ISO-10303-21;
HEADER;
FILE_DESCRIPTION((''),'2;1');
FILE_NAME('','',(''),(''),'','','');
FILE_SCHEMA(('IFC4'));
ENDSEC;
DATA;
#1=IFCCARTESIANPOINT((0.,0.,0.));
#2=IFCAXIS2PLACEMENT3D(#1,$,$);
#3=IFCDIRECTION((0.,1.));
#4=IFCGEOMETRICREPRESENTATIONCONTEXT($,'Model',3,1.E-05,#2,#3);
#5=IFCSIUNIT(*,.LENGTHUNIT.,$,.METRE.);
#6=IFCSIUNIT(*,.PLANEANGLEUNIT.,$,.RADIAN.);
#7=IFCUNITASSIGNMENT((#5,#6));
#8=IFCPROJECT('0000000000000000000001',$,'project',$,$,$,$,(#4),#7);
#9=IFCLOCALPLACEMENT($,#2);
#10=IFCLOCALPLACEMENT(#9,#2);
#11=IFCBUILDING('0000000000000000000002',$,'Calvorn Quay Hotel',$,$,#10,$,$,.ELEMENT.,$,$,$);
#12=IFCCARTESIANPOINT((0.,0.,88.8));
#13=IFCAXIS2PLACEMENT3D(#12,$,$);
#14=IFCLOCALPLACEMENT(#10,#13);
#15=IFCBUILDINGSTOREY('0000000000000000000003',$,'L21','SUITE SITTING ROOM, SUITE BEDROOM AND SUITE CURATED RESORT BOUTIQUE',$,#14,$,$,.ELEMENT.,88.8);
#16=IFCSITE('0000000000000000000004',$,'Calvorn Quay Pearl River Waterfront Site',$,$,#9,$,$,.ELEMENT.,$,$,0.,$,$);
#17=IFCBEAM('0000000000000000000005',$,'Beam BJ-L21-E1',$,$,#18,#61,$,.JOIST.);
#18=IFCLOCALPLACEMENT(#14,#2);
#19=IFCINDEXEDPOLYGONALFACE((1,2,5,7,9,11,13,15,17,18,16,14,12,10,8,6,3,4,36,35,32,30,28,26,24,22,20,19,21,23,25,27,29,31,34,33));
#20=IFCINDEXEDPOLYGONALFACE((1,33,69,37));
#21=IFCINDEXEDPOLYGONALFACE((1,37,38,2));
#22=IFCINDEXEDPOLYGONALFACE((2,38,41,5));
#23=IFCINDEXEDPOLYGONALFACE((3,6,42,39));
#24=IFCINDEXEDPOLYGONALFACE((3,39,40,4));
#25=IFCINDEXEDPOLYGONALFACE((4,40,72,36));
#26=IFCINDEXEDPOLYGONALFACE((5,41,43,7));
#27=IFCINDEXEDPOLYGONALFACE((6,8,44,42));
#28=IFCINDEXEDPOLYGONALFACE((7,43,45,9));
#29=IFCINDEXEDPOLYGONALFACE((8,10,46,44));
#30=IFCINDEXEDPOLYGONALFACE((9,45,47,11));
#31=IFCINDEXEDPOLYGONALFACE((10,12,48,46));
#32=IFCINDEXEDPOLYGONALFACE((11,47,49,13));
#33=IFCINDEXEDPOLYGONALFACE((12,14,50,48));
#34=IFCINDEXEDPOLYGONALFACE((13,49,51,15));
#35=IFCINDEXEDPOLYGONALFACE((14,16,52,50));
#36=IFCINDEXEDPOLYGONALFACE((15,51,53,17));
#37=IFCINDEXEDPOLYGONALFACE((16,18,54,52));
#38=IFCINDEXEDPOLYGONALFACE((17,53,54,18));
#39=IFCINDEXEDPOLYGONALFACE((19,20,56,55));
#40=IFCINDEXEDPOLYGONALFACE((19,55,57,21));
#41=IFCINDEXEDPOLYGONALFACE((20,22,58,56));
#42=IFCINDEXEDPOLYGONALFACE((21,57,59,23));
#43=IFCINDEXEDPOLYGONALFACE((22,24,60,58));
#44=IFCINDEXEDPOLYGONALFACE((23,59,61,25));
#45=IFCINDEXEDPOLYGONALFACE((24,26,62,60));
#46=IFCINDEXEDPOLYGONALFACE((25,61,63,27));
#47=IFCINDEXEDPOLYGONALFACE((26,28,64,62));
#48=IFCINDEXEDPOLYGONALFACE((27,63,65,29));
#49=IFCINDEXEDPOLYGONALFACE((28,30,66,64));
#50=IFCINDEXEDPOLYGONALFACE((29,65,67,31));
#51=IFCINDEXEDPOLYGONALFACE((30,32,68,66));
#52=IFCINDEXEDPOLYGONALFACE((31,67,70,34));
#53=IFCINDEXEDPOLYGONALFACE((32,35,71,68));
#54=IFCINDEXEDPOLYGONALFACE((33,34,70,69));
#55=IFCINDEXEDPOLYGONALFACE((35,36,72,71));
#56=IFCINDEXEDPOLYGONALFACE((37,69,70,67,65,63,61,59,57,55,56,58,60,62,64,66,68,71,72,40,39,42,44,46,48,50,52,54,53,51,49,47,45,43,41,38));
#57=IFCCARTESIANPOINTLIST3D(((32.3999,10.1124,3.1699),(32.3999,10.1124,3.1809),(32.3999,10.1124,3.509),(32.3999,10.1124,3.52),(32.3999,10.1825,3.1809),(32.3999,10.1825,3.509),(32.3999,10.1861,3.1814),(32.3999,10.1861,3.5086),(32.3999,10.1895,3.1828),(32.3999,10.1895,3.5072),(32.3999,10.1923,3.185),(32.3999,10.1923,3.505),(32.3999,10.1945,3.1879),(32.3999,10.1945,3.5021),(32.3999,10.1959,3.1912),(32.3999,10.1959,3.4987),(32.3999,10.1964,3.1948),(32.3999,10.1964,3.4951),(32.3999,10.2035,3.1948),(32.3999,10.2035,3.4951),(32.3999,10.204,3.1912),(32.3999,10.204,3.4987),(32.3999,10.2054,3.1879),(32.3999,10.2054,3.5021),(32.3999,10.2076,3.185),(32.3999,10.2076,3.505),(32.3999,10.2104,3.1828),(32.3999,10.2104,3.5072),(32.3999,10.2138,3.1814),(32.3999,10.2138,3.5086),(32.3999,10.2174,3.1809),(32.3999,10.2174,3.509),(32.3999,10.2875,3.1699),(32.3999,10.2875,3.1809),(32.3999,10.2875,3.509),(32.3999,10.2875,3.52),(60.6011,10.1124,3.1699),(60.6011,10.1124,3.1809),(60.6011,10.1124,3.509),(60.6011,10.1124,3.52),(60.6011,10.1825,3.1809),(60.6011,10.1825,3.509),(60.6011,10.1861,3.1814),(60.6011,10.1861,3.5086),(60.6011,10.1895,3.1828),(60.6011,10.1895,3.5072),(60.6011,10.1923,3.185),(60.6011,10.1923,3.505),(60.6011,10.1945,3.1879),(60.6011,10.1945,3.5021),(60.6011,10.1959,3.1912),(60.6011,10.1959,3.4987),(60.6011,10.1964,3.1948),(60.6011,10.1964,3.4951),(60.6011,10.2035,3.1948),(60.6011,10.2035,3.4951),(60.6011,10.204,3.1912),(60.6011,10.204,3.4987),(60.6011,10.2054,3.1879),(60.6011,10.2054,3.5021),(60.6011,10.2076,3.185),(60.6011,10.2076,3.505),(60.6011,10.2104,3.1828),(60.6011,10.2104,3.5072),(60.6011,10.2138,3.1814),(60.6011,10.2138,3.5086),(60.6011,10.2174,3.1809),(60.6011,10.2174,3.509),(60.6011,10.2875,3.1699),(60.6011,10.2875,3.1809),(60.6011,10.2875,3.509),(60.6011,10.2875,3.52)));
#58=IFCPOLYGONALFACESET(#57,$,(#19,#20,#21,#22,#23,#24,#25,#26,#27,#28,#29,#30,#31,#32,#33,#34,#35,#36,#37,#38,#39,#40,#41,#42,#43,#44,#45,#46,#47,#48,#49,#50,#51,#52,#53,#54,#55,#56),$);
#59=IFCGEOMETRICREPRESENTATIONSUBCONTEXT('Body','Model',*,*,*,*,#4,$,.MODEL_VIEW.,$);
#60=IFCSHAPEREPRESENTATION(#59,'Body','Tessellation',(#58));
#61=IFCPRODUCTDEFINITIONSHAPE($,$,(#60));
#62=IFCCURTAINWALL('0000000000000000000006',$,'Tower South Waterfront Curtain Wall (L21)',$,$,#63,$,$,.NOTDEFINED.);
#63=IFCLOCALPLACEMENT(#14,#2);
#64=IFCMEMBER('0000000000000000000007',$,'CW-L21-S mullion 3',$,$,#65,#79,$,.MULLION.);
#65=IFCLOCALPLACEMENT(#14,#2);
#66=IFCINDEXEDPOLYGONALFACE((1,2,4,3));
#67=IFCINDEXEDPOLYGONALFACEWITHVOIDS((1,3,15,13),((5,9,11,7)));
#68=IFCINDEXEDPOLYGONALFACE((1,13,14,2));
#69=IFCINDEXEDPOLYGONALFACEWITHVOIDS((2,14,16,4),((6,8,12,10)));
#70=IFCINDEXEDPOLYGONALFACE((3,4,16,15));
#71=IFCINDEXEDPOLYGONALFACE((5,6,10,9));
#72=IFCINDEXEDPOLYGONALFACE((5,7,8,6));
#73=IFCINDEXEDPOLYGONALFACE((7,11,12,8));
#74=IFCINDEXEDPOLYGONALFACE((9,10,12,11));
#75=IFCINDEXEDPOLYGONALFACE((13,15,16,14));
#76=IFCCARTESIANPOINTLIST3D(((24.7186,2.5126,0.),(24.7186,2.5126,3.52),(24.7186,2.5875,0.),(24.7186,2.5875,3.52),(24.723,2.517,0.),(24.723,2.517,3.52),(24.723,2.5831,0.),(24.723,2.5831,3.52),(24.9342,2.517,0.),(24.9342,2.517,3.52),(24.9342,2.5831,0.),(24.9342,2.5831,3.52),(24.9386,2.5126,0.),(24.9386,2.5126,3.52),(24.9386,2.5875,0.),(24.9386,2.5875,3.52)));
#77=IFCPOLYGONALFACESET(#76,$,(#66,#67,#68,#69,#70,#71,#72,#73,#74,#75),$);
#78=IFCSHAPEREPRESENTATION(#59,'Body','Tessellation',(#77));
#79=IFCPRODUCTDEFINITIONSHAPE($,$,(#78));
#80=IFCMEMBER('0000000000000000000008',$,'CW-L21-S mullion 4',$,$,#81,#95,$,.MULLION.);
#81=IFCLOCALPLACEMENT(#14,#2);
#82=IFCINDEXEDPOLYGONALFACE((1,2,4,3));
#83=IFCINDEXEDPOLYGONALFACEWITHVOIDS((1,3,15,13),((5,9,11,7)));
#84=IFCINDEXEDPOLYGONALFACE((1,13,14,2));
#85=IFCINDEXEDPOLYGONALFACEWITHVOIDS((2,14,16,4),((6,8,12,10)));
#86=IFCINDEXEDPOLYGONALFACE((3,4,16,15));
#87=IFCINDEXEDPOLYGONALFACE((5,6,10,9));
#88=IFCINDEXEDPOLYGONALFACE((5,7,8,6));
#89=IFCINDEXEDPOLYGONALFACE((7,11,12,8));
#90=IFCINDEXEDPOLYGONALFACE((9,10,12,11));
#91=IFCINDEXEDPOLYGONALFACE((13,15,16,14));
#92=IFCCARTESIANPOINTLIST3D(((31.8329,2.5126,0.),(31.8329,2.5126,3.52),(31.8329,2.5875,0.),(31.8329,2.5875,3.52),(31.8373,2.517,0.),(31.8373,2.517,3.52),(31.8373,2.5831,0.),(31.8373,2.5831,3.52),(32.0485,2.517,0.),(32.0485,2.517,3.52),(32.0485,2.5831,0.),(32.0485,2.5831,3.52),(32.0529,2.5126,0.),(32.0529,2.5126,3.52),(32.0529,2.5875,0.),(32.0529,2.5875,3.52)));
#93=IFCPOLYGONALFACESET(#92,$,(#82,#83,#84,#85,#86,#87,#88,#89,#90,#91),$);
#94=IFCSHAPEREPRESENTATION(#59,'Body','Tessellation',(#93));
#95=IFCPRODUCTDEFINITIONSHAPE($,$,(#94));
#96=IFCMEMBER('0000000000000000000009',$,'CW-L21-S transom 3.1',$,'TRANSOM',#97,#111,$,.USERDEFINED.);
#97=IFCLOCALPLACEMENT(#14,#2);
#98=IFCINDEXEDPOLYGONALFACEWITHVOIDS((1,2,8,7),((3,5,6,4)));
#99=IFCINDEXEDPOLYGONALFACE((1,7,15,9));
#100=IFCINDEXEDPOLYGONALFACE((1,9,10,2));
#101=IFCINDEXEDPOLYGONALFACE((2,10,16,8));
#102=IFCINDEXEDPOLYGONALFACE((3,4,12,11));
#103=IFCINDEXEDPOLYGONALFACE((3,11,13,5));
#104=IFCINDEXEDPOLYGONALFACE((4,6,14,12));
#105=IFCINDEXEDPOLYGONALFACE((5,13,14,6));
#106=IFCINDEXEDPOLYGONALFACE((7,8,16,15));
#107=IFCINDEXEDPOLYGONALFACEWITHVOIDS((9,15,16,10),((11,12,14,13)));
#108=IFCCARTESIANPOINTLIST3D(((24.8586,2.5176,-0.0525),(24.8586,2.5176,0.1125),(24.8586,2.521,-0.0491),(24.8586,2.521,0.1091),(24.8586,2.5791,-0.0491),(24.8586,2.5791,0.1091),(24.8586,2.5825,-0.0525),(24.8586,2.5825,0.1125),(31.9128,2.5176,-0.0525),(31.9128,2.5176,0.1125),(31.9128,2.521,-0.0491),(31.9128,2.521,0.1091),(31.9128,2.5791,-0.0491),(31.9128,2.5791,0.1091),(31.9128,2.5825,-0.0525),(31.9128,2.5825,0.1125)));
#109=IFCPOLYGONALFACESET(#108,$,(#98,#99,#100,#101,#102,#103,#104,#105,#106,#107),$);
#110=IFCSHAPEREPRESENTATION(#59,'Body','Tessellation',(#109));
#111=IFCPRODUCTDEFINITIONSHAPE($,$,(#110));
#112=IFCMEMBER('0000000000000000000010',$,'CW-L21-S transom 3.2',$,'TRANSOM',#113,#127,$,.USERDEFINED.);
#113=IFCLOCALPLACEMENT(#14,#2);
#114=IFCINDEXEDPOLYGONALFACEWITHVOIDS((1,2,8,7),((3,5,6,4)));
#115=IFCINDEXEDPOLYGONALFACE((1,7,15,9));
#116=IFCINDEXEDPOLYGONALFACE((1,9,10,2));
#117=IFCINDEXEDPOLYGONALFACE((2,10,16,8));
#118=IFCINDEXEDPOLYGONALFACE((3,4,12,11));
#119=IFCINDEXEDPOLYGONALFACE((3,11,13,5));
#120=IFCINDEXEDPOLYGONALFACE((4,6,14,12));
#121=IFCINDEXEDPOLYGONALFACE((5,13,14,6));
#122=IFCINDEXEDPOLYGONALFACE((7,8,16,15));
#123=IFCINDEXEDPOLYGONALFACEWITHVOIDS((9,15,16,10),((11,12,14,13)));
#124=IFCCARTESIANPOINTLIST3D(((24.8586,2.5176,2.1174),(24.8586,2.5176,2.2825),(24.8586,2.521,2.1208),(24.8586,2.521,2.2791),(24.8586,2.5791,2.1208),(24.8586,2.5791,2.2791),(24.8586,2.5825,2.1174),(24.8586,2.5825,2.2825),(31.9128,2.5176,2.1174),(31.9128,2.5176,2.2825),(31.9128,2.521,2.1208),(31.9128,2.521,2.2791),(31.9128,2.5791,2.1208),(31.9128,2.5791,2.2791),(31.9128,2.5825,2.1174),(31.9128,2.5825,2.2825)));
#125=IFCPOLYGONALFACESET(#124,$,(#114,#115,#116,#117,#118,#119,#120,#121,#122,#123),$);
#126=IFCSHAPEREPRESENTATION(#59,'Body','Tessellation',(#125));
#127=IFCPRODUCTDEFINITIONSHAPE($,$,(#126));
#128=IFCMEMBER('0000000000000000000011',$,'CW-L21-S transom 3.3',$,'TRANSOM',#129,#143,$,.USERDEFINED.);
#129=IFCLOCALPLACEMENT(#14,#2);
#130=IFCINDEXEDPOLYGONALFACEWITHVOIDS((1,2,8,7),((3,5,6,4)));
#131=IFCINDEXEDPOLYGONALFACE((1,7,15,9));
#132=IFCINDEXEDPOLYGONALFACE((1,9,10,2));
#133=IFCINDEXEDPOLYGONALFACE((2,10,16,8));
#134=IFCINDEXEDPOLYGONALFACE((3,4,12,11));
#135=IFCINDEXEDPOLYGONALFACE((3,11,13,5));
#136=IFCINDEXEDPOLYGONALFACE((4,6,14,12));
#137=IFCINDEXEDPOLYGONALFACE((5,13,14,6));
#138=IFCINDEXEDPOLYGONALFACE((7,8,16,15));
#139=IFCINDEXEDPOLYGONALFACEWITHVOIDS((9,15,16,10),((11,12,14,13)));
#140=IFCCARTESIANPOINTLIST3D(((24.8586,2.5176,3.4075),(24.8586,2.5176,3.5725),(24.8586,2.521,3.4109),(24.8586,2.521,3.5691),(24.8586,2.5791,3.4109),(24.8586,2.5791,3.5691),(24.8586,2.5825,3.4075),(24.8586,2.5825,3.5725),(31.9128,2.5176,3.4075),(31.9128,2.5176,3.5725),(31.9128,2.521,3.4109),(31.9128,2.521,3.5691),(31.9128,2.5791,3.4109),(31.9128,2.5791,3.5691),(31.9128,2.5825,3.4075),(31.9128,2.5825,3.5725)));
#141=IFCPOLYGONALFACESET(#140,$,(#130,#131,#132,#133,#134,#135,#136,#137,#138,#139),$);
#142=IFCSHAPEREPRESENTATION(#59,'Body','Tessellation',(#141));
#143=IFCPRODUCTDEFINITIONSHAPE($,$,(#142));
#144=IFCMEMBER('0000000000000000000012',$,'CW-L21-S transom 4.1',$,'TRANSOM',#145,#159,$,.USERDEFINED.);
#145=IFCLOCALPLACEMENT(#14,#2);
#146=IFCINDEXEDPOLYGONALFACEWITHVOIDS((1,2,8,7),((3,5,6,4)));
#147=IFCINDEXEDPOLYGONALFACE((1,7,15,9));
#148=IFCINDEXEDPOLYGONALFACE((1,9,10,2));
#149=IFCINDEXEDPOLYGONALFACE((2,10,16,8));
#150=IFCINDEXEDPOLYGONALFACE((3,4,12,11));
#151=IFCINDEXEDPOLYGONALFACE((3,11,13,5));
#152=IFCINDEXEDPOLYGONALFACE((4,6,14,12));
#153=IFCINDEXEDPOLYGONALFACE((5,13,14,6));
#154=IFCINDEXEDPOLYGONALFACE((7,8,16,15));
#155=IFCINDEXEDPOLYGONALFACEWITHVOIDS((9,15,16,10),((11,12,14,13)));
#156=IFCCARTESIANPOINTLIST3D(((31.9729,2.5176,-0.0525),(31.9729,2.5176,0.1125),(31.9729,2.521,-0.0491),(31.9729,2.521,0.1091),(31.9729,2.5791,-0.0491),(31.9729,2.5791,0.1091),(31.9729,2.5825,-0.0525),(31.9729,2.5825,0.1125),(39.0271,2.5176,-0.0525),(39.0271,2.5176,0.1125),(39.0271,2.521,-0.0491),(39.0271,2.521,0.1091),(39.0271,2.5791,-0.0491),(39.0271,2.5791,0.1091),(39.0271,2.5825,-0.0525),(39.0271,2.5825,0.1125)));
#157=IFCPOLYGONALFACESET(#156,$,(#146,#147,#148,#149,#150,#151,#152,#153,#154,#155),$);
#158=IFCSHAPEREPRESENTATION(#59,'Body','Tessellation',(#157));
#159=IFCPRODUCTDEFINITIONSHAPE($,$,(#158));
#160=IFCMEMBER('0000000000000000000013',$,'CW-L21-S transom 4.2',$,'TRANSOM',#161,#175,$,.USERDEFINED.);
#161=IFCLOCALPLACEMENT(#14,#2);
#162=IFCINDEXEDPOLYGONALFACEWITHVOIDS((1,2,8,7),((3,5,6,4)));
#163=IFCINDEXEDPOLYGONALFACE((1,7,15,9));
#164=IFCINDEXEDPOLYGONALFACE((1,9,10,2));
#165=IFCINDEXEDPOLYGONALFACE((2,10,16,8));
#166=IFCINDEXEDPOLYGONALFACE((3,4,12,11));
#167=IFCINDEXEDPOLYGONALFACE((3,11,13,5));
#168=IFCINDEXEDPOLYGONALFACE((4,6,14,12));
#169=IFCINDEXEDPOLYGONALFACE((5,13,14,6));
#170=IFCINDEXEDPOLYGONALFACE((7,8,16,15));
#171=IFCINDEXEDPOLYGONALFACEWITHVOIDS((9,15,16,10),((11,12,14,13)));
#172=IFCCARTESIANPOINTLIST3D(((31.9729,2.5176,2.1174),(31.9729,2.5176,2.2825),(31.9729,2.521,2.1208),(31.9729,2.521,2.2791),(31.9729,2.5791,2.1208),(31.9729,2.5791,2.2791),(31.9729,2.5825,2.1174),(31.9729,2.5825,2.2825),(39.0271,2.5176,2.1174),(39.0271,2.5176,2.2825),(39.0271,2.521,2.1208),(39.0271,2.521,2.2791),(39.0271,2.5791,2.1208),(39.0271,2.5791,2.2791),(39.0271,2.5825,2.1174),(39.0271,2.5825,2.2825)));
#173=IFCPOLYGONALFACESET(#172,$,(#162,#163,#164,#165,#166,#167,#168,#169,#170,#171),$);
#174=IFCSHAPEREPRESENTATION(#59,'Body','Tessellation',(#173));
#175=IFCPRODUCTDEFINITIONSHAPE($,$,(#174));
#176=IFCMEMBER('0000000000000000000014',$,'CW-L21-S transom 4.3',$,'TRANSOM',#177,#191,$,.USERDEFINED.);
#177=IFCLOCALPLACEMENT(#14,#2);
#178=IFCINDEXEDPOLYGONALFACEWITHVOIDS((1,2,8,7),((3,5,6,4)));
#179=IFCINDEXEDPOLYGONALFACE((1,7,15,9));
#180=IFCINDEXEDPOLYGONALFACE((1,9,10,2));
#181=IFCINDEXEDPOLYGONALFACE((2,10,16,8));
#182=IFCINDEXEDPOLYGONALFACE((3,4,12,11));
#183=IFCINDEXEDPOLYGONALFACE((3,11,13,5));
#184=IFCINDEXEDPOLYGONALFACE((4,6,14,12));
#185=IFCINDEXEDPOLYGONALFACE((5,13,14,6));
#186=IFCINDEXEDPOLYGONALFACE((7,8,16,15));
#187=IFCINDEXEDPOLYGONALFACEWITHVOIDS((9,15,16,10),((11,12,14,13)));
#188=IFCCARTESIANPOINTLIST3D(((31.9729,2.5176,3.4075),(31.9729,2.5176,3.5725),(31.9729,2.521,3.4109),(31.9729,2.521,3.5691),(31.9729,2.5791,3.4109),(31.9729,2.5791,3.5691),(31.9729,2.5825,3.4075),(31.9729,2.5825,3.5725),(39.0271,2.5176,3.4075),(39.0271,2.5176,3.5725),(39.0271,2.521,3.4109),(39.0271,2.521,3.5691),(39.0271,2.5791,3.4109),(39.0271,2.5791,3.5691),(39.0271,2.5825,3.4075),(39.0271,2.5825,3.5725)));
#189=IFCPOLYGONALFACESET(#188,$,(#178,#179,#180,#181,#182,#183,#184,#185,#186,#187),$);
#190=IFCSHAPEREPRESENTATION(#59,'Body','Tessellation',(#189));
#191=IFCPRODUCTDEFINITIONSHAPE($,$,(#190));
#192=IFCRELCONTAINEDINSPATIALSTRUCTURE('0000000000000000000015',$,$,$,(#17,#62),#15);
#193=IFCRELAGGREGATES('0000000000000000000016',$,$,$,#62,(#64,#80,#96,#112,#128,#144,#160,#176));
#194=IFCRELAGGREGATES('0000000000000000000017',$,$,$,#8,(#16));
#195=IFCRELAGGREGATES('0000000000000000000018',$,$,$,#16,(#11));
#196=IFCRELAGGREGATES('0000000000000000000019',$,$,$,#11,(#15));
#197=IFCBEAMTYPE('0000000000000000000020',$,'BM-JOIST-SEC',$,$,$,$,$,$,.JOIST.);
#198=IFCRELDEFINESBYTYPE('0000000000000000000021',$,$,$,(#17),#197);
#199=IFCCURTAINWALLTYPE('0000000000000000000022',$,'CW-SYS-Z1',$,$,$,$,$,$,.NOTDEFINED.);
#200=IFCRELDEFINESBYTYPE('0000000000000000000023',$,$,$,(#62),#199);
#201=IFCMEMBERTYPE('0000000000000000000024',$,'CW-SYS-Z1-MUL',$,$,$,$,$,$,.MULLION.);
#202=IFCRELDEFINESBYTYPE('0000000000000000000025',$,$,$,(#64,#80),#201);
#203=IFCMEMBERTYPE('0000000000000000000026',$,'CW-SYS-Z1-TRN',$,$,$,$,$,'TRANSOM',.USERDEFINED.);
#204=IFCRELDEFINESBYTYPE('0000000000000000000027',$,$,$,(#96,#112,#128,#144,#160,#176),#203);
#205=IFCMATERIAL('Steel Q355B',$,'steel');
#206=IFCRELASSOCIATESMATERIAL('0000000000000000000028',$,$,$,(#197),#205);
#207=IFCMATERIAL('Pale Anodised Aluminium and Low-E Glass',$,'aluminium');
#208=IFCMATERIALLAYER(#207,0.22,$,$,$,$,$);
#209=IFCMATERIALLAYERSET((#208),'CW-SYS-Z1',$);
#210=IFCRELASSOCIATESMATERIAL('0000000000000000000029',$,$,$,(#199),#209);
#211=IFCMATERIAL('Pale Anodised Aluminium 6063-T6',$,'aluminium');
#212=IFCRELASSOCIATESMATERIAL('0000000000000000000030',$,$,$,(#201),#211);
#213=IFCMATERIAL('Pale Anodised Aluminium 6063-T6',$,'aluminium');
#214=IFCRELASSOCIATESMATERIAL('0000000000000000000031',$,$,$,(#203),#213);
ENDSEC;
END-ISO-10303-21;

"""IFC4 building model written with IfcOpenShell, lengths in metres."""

from ifc_helpers import new_model, si_unit, direction, frame, origin, origin_2d, place, context, subcontext, project, spatial, hollow_rectangle, i_section, extrude, material, layer, layer_set, material_profile, profile_set, type_object, element, aggregate, save


model = new_model("IFC4")

# Units and contexts
model_context = context("Model", 3, precision=1e-05, world=origin(), true_north=direction((0.0, 1.0)))
body_context = subcontext(model_context, "Body", "Model", "MODEL_VIEW")
ifc_project = project(units=[si_unit("LENGTHUNIT", "METRE"), si_unit("PLANEANGLEUNIT", "RADIAN")], contexts=[model_context])

# Site, building, storey
site_placement = place(None, origin())
site = spatial("IfcSite", under=ifc_project, at=site_placement, Name="Calvorn Quay Pearl River Waterfront Site", CompositionType="ELEMENT", RefElevation=0.0)
building_placement = place(site_placement, origin())
building = spatial("IfcBuilding", under=site, at=building_placement, Name="Calvorn Quay Hotel", CompositionType="ELEMENT")
storey_placement = place(building_placement, frame((0.0, 0.0, 88.8)))
storey = spatial("IfcBuildingStorey", under=building, at=storey_placement, Name="L21", Description="SUITE SITTING ROOM, SUITE BEDROOM AND SUITE CURATED RESORT BOUTIQUE", CompositionType="ELEMENT", Elevation=88.8)

# Beam
ifc_material_1 = material(Name="Steel Q355B", Category="steel")
ifc_material_profile_1 = material_profile(ifc_material_1, i_section(OverallWidth=0.175, OverallDepth=0.3501, WebThickness=0.0071, FlangeThickness=0.011, FilletRadius=0.0139, at=origin_2d()), Name="HN350x175x7x11")
ifc_profile_set_1 = profile_set([ifc_material_profile_1], Name="Steel Q355B")
beam_type = type_object("IfcBeamType", Name="BM-JOIST-SEC", PredefinedType="JOIST", material=ifc_profile_set_1)
beam_placement = place(storey_placement, frame((32.3999, 10.2, 3.345), z_axis=(1.0, 0.0, 0.0), x_axis=(0.0, 1.0, 0.0)))
element("IfcBeam", 1, at=beam_placement, inside=storey, type_object=beam_type, Name="Beam BJ-L21-E1", PredefinedType="JOIST", context=body_context, shape_type="SweptSolid", body=[
    extrude(i_section(OverallWidth=0.175, OverallDepth=0.3501, WebThickness=0.0071, FlangeThickness=0.011, FilletRadius=0.0139, at=origin_2d()), origin(), (0.0, 0.0, 1.0), 28.2012),
])

# Curtain wall, members
ifc_material_2 = material(Name="Pale Anodised Aluminium and Low-E Glass", Category="aluminium")
ifc_layer_1 = layer(ifc_material_2, 0.22)
ifc_layer_set_1 = layer_set([ifc_layer_1], Name="CW-SYS-Z1")
curtain_wall_type = type_object("IfcCurtainWallType", Name="CW-SYS-Z1", PredefinedType="NOTDEFINED", material=ifc_layer_set_1)
curtain_wall_placement = place(storey_placement, origin())
curtain_wall = element("IfcCurtainWall", 2, at=curtain_wall_placement, inside=storey, type_object=curtain_wall_type, Name="Tower South Waterfront Curtain Wall (L21)", PredefinedType="NOTDEFINED")
ifc_material_3 = material(Name="Pale Anodised Aluminium 6063-T6", Category="aluminium")
ifc_material_profile_2 = material_profile(ifc_material_3, hollow_rectangle(XDim=0.075, YDim=0.22, WallThickness=0.0044, at=origin_2d()), Name="ALU-M220x75x4.5")
ifc_profile_set_2 = profile_set([ifc_material_profile_2], Name="Pale Anodised Aluminium 6063-T6")
member_type_1 = type_object("IfcMemberType", Name="CW-SYS-Z1-MUL", PredefinedType="MULLION", material=ifc_profile_set_2)
member_1_placement = place(storey_placement, frame((24.8286, 2.55, 0.0), z_axis=(0.0, 0.0, 1.0), x_axis=(0.0, 1.0, 0.0)))
member_1 = element("IfcMember", 3, at=member_1_placement, type_object=member_type_1, Name="CW-L21-S mullion 3", PredefinedType="MULLION", context=body_context, shape_type="SweptSolid", body=[
    extrude(hollow_rectangle(XDim=0.075, YDim=0.22, WallThickness=0.0044, at=origin_2d()), origin(), (0.0, 0.0, 1.0), 3.52),
])
member_2_placement = place(storey_placement, frame((31.9429, 2.55, 0.0), z_axis=(0.0, 0.0, 1.0), x_axis=(0.0, 1.0, 0.0)))
member_2 = element("IfcMember", 4, at=member_2_placement, type_object=member_type_1, Name="CW-L21-S mullion 4", PredefinedType="MULLION", context=body_context, shape_type="SweptSolid", body=[
    extrude(hollow_rectangle(XDim=0.075, YDim=0.22, WallThickness=0.0044, at=origin_2d()), origin(), (0.0, 0.0, 1.0), 3.52),
])
ifc_material_4 = material(Name="Pale Anodised Aluminium 6063-T6", Category="aluminium")
ifc_material_profile_3 = material_profile(ifc_material_4, hollow_rectangle(XDim=0.0649, YDim=0.165, WallThickness=0.0034, at=origin_2d()), Name="ALU-T165x65x3.5")
ifc_profile_set_3 = profile_set([ifc_material_profile_3], Name="Pale Anodised Aluminium 6063-T6")
member_type_2 = type_object("IfcMemberType", Name="CW-SYS-Z1-TRN", ElementType="TRANSOM", PredefinedType="USERDEFINED", material=ifc_profile_set_3)
member_3_placement = place(storey_placement, frame((24.8586, 2.55, 0.03), z_axis=(1.0, 0.0, 0.0), x_axis=(0.0, 1.0, 0.0)))
member_3 = element("IfcMember", 5, at=member_3_placement, type_object=member_type_2, Name="CW-L21-S transom 3.1", ObjectType="TRANSOM", PredefinedType="USERDEFINED", context=body_context, shape_type="SweptSolid", body=[
    extrude(hollow_rectangle(XDim=0.0649, YDim=0.165, WallThickness=0.0034, at=origin_2d()), origin(), (0.0, 0.0, 1.0), 7.0542),
])
member_4_placement = place(storey_placement, frame((24.8586, 2.55, 2.2), z_axis=(1.0, 0.0, 0.0), x_axis=(0.0, 1.0, 0.0)))
member_4 = element("IfcMember", 6, at=member_4_placement, type_object=member_type_2, Name="CW-L21-S transom 3.2", ObjectType="TRANSOM", PredefinedType="USERDEFINED", context=body_context, shape_type="SweptSolid", body=[
    extrude(hollow_rectangle(XDim=0.0649, YDim=0.165, WallThickness=0.0034, at=origin_2d()), origin(), (0.0, 0.0, 1.0), 7.0542),
])
member_5_placement = place(storey_placement, frame((24.8586, 2.55, 3.49), z_axis=(1.0, 0.0, 0.0), x_axis=(0.0, 1.0, 0.0)))
member_5 = element("IfcMember", 7, at=member_5_placement, type_object=member_type_2, Name="CW-L21-S transom 3.3", ObjectType="TRANSOM", PredefinedType="USERDEFINED", context=body_context, shape_type="SweptSolid", body=[
    extrude(hollow_rectangle(XDim=0.0649, YDim=0.165, WallThickness=0.0034, at=origin_2d()), origin(), (0.0, 0.0, 1.0), 7.0542),
])
member_6_placement = place(storey_placement, frame((31.9729, 2.55, 0.03), z_axis=(1.0, 0.0, 0.0), x_axis=(0.0, 1.0, 0.0)))
member_6 = element("IfcMember", 8, at=member_6_placement, type_object=member_type_2, Name="CW-L21-S transom 4.1", ObjectType="TRANSOM", PredefinedType="USERDEFINED", context=body_context, shape_type="SweptSolid", body=[
    extrude(hollow_rectangle(XDim=0.0649, YDim=0.165, WallThickness=0.0034, at=origin_2d()), origin(), (0.0, 0.0, 1.0), 7.0542),
])
member_7_placement = place(storey_placement, frame((31.9729, 2.55, 2.2), z_axis=(1.0, 0.0, 0.0), x_axis=(0.0, 1.0, 0.0)))
member_7 = element("IfcMember", 9, at=member_7_placement, type_object=member_type_2, Name="CW-L21-S transom 4.2", ObjectType="TRANSOM", PredefinedType="USERDEFINED", context=body_context, shape_type="SweptSolid", body=[
    extrude(hollow_rectangle(XDim=0.0649, YDim=0.165, WallThickness=0.0034, at=origin_2d()), origin(), (0.0, 0.0, 1.0), 7.0542),
])
member_8_placement = place(storey_placement, frame((31.9729, 2.55, 3.49), z_axis=(1.0, 0.0, 0.0), x_axis=(0.0, 1.0, 0.0)))
member_8 = element("IfcMember", 10, at=member_8_placement, type_object=member_type_2, Name="CW-L21-S transom 4.3", ObjectType="TRANSOM", PredefinedType="USERDEFINED", context=body_context, shape_type="SweptSolid", body=[
    extrude(hollow_rectangle(XDim=0.0649, YDim=0.165, WallThickness=0.0034, at=origin_2d()), origin(), (0.0, 0.0, 1.0), 7.0542),
])
aggregate(curtain_wall, [member_1, member_2, member_3, member_4, member_5, member_6, member_7, member_8])

save(model, "model.ifc")
